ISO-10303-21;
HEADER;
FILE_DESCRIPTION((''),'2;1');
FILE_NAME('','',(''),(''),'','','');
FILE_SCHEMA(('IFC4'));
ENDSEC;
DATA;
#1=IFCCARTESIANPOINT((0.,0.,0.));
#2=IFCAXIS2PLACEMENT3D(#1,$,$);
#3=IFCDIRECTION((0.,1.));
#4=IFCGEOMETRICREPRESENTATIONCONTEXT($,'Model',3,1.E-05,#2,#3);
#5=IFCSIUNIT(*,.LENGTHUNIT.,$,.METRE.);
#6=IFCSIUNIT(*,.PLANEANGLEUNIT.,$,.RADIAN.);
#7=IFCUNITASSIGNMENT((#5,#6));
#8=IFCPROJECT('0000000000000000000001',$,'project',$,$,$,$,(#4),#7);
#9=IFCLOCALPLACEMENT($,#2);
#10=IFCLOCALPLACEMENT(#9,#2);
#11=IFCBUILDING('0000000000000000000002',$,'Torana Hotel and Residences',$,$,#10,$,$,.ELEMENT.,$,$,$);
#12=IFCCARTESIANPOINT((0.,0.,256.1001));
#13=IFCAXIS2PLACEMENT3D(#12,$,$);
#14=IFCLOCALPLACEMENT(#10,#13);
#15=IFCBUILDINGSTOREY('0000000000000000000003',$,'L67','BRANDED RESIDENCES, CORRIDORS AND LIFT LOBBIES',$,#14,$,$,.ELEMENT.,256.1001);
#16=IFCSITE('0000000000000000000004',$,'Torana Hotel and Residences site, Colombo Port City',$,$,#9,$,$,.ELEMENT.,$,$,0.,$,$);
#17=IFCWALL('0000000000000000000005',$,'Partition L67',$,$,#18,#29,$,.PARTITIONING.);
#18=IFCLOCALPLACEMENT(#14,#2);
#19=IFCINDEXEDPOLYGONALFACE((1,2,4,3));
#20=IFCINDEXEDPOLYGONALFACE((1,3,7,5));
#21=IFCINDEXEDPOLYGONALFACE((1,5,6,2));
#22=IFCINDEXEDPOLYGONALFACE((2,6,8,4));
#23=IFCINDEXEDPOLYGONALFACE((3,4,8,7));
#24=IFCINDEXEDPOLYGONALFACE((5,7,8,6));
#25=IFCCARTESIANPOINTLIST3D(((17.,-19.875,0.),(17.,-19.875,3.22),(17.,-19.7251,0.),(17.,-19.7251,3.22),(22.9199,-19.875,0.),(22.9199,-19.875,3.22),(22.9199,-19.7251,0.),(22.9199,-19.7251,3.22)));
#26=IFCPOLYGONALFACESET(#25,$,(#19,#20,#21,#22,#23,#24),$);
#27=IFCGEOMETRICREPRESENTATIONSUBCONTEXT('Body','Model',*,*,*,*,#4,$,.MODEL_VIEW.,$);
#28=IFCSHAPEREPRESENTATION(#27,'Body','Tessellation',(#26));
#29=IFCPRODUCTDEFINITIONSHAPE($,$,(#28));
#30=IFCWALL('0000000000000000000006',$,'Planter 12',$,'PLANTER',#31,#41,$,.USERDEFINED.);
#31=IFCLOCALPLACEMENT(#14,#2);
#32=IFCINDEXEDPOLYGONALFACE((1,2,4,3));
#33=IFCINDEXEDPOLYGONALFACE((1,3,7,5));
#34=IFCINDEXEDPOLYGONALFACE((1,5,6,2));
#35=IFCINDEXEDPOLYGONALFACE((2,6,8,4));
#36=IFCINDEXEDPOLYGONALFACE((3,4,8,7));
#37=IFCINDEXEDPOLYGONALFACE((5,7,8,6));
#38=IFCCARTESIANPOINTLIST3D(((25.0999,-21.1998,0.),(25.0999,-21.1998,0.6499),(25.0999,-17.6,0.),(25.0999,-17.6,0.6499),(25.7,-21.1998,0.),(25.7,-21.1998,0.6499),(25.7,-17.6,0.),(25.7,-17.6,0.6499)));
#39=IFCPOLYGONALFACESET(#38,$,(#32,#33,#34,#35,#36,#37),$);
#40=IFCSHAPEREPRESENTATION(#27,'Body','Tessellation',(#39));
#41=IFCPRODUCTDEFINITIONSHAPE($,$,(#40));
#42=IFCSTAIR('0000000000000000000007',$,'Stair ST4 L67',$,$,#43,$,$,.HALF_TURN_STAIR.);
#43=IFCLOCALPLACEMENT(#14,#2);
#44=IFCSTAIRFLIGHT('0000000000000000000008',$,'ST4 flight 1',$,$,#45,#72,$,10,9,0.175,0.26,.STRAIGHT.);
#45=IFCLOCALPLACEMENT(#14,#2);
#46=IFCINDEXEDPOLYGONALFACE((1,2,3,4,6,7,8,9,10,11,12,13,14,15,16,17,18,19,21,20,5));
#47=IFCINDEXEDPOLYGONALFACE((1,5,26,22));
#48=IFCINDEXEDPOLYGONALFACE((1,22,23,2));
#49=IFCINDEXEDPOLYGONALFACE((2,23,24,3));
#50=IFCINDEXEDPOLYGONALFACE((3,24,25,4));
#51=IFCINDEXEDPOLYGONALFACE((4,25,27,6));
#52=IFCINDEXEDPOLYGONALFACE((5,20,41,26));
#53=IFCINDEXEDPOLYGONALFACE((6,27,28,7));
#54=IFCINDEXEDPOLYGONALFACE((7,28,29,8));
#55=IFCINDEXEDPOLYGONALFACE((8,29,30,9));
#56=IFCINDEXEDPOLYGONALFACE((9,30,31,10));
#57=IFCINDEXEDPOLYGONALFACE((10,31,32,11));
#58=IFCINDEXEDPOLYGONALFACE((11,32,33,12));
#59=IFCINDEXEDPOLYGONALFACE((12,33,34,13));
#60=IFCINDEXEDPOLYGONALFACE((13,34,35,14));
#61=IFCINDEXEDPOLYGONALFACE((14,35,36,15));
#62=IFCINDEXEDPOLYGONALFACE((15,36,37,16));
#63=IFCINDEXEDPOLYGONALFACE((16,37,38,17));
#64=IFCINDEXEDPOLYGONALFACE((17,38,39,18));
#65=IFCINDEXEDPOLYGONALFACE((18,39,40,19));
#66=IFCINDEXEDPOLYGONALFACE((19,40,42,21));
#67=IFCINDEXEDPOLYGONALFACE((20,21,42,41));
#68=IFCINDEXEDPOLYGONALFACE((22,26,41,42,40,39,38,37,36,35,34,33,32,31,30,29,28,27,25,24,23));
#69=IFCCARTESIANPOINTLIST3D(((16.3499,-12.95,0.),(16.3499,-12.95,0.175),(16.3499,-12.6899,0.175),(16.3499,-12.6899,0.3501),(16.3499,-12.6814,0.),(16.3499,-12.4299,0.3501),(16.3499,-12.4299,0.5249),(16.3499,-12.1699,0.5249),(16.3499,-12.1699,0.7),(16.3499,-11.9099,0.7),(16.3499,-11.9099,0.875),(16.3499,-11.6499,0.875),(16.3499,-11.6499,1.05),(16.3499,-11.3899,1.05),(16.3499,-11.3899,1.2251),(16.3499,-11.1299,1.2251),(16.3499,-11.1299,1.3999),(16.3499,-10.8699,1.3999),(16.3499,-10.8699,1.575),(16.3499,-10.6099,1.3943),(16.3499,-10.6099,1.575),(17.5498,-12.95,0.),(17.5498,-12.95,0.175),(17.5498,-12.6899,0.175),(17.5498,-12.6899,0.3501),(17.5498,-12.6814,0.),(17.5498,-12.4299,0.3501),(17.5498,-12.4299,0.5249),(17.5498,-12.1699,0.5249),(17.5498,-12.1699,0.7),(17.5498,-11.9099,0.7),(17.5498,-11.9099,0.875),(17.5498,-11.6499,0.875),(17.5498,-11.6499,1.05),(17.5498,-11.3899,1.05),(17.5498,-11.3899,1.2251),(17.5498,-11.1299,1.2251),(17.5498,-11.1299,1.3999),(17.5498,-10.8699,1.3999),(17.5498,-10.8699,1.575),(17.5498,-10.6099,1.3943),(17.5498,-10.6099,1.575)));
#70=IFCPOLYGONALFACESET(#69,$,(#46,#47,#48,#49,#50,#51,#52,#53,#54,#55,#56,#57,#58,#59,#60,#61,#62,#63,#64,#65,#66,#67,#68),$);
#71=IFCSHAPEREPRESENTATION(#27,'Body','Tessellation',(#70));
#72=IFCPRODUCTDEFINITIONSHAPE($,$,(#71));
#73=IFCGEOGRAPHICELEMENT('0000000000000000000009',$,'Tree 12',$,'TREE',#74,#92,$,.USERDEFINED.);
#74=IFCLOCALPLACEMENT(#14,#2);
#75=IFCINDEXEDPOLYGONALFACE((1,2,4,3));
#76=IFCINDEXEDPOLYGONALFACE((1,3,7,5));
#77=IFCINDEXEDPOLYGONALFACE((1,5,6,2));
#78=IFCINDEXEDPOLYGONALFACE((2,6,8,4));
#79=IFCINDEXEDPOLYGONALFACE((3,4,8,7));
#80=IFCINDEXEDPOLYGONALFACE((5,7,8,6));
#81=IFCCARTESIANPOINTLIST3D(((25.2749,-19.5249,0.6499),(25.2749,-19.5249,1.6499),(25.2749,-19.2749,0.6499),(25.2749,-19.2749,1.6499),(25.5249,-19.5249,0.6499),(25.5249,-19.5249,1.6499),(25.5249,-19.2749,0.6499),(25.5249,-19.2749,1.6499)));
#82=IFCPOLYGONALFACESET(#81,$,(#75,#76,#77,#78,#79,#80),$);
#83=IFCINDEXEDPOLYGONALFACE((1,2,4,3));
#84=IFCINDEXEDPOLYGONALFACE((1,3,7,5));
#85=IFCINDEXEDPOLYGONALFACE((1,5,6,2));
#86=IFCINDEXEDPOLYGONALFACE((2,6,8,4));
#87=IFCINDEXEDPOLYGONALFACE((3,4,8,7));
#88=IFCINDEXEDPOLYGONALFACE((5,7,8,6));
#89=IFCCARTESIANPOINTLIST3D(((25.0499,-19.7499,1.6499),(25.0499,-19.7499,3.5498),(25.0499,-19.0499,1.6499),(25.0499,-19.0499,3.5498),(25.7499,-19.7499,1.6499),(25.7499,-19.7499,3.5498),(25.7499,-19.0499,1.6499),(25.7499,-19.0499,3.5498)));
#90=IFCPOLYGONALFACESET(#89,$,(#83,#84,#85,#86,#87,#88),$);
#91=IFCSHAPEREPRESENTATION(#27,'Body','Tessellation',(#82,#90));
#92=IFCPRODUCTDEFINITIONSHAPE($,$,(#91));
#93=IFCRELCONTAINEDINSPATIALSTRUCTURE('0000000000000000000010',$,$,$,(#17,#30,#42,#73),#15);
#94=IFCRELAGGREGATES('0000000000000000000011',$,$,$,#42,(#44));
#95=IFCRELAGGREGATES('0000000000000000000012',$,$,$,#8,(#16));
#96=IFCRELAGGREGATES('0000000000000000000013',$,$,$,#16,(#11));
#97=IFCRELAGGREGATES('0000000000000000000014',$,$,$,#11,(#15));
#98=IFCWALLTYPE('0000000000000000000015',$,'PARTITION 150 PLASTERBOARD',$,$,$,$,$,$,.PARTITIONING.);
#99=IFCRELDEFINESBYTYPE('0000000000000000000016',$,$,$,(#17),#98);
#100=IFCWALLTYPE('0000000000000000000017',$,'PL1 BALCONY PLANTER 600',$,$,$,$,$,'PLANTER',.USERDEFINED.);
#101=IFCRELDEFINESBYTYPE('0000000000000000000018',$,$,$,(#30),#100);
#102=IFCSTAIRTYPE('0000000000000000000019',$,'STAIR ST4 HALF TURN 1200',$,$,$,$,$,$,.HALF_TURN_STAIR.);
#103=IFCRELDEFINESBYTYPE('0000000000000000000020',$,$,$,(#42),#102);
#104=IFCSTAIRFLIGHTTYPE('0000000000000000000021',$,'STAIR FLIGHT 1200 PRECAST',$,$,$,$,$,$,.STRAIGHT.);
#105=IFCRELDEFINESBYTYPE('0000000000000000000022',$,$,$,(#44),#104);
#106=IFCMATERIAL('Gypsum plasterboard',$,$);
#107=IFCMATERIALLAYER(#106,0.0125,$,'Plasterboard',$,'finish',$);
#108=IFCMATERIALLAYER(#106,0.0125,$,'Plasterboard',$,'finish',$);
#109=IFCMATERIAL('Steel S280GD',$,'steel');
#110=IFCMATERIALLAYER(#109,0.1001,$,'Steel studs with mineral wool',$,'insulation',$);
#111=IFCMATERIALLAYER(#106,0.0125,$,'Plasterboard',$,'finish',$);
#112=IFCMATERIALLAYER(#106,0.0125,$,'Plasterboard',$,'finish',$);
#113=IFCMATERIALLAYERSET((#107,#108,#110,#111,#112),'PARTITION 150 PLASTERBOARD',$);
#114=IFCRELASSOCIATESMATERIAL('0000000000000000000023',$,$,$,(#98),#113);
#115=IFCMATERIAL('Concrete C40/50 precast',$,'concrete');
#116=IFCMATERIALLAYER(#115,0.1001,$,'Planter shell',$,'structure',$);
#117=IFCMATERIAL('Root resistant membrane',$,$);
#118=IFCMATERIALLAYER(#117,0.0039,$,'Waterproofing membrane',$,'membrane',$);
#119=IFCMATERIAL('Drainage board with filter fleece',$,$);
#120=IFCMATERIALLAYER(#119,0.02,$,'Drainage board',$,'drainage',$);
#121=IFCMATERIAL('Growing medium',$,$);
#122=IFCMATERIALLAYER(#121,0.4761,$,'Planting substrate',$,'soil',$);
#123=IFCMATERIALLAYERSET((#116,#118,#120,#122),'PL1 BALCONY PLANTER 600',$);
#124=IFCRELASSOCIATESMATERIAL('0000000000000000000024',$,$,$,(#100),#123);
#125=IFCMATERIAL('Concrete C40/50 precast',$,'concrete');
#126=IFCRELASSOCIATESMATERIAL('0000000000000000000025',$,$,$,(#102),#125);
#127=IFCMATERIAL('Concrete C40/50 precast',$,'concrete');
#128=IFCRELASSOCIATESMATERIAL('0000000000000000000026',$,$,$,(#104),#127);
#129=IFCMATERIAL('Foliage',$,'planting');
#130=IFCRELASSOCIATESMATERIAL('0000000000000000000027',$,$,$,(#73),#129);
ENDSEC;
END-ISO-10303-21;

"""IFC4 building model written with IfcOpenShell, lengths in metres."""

from ifc_helpers import new_model, si_unit, direction, frame, frame_2d, origin, origin_2d, place, context, subcontext, project, spatial, polyline, rectangle, outline, extrude, material, layer, layer_set, type_object, element, aggregate, save


model = new_model("IFC4")

# Units and contexts
model_context = context("Model", 3, precision=1e-05, world=origin(), true_north=direction((0.0, 1.0)))
body_context = subcontext(model_context, "Body", "Model", "MODEL_VIEW")
ifc_project = project(units=[si_unit("LENGTHUNIT", "METRE"), si_unit("PLANEANGLEUNIT", "RADIAN")], contexts=[model_context])

# Site, building, storey
site_placement = place(None, origin())
site = spatial("IfcSite", under=ifc_project, at=site_placement, Name="Torana Hotel and Residences site, Colombo Port City", CompositionType="ELEMENT", RefElevation=0.0)
building_placement = place(site_placement, origin())
building = spatial("IfcBuilding", under=site, at=building_placement, Name="Torana Hotel and Residences", CompositionType="ELEMENT")
storey_placement = place(building_placement, frame((0.0, 0.0, 256.1001)))
storey = spatial("IfcBuildingStorey", under=building, at=storey_placement, Name="L67", Description="BRANDED RESIDENCES, CORRIDORS AND LIFT LOBBIES", CompositionType="ELEMENT", Elevation=256.1001)

# Walls
ifc_material_1 = material(Name="Gypsum plasterboard")
ifc_layer_1 = layer(ifc_material_1, 0.0125, Name="Plasterboard", Category="finish")
ifc_layer_2 = layer(ifc_material_1, 0.0125, Name="Plasterboard", Category="finish")
ifc_material_2 = material(Name="Steel S280GD", Category="steel")
ifc_layer_3 = layer(ifc_material_2, 0.1001, Name="Steel studs with mineral wool", Category="insulation")
ifc_layer_4 = layer(ifc_material_1, 0.0125, Name="Plasterboard", Category="finish")
ifc_layer_5 = layer(ifc_material_1, 0.0125, Name="Plasterboard", Category="finish")
ifc_layer_set_1 = layer_set([ifc_layer_1, ifc_layer_2, ifc_layer_3, ifc_layer_4, ifc_layer_5], Name="PARTITION 150 PLASTERBOARD")
wall_type_1 = type_object("IfcWallType", Name="PARTITION 150 PLASTERBOARD", PredefinedType="PARTITIONING", material=ifc_layer_set_1)
wall_1_placement = place(storey_placement, frame((17.0, -19.8, 0.0), z_axis=(0.0, 0.0, 1.0), x_axis=(1.0, 0.0, 0.0)))
element("IfcWall", 1, at=wall_1_placement, inside=storey, type_object=wall_type_1, Name="Partition L67", PredefinedType="PARTITIONING", context=body_context, shape_type="SweptSolid", body=[
    extrude(rectangle(XDim=5.9199, YDim=0.1499, at=frame_2d((2.96, 0.0))), origin(), (0.0, 0.0, 1.0), 3.22),
])
ifc_material_3 = material(Name="Concrete C40/50 precast", Category="concrete")
ifc_layer_6 = layer(ifc_material_3, 0.1001, Name="Planter shell", Category="structure")
ifc_material_4 = material(Name="Root resistant membrane")
ifc_layer_7 = layer(ifc_material_4, 0.0039, Name="Waterproofing membrane", Category="membrane")
ifc_material_5 = material(Name="Drainage board with filter fleece")
ifc_layer_8 = layer(ifc_material_5, 0.02, Name="Drainage board", Category="drainage")
ifc_material_6 = material(Name="Growing medium")
ifc_layer_9 = layer(ifc_material_6, 0.4761, Name="Planting substrate", Category="soil")
ifc_layer_set_2 = layer_set([ifc_layer_6, ifc_layer_7, ifc_layer_8, ifc_layer_9], Name="PL1 BALCONY PLANTER 600")
wall_type_2 = type_object("IfcWallType", Name="PL1 BALCONY PLANTER 600", ElementType="PLANTER", PredefinedType="USERDEFINED", material=ifc_layer_set_2)
wall_2_placement = place(storey_placement, frame((25.3999, -17.6001, 0.0), z_axis=(0.0, 0.0, 1.0), x_axis=(0.0, -1.0, 0.0)))
element("IfcWall", 2, at=wall_2_placement, inside=storey, type_object=wall_type_2, Name="Planter 12", ObjectType="PLANTER", PredefinedType="USERDEFINED", context=body_context, shape_type="SweptSolid", body=[
    extrude(rectangle(XDim=3.5999, YDim=0.6001, at=frame_2d((1.7998, 0.0))), origin(), (0.0, 0.0, 1.0), 0.6499),
])

# Stair, stair flight
ifc_material_7 = material(Name="Concrete C40/50 precast", Category="concrete")
stair_type = type_object("IfcStairType", Name="STAIR ST4 HALF TURN 1200", PredefinedType="HALF_TURN_STAIR", material=ifc_material_7)
stair_placement = place(storey_placement, origin())
stair = element("IfcStair", 3, at=stair_placement, inside=storey, type_object=stair_type, Name="Stair ST4 L67", PredefinedType="HALF_TURN_STAIR")
ifc_material_8 = material(Name="Concrete C40/50 precast", Category="concrete")
stair_flight_type = type_object("IfcStairFlightType", Name="STAIR FLIGHT 1200 PRECAST", PredefinedType="STRAIGHT", material=ifc_material_8)
stair_flight_placement = place(storey_placement, frame((16.95, -12.95, 0.0), z_axis=(0.0, 0.0, 1.0), x_axis=(0.0, 1.0, 0.0)))
stair_flight = element("IfcStairFlight", 4, at=stair_flight_placement, type_object=stair_flight_type, Name="ST4 flight 1", NumberOfRisers=10, NumberOfTreads=9, PredefinedType="STRAIGHT", RiserHeight=0.175, TreadLength=0.26, context=body_context, shape_type="SweptSolid", body=[
    extrude(outline(polyline([(0.0, 0.0), (0.0, 0.175), (0.26, 0.175), (0.26, 0.3501), (0.52, 0.3501), (0.52, 0.5249), (0.78, 0.5249), (0.78, 0.7), (1.04, 0.7), (1.04, 0.875), (1.3, 0.875), (1.3, 1.05), (1.5601, 1.05), (1.5601, 1.2251), (1.8201, 1.2251), (1.8201, 1.3999), (2.0801, 1.3999), (2.0801, 1.575), (2.3401, 1.575), (2.3401, 1.75), (2.3401, 1.3943), (0.2686, 0.0), (0.0, 0.0)])), frame((0.0, 0.6001, 0.0), z_axis=(0.0, -1.0, 0.0), x_axis=(1.0, 0.0, 0.0)), (0.0, 0.0, 1.0), 1.2),
])
aggregate(stair, [stair_flight])

# Geographic element
ifc_material_9 = material(Name="Foliage", Category="planting")
geographic_element_placement = place(storey_placement, frame((25.3999, -19.3999, 0.6499), z_axis=(0.0, 0.0, 1.0), x_axis=(1.0, 0.0, 0.0)))
element("IfcGeographicElement", 5, at=geographic_element_placement, inside=storey, material=ifc_material_9, Name="Tree 12", ObjectType="TREE", PredefinedType="USERDEFINED", context=body_context, shape_type="SweptSolid", body=[
    extrude(rectangle(XDim=0.25, YDim=0.25, at=origin_2d()), origin(), (0.0, 0.0, 1.0), 1.0),
    extrude(rectangle(XDim=0.7, YDim=0.7, at=origin_2d()), frame((0.0, 0.0, 1.0)), (0.0, 0.0, 1.0), 1.8999),
])

save(model, "model.ifc")
